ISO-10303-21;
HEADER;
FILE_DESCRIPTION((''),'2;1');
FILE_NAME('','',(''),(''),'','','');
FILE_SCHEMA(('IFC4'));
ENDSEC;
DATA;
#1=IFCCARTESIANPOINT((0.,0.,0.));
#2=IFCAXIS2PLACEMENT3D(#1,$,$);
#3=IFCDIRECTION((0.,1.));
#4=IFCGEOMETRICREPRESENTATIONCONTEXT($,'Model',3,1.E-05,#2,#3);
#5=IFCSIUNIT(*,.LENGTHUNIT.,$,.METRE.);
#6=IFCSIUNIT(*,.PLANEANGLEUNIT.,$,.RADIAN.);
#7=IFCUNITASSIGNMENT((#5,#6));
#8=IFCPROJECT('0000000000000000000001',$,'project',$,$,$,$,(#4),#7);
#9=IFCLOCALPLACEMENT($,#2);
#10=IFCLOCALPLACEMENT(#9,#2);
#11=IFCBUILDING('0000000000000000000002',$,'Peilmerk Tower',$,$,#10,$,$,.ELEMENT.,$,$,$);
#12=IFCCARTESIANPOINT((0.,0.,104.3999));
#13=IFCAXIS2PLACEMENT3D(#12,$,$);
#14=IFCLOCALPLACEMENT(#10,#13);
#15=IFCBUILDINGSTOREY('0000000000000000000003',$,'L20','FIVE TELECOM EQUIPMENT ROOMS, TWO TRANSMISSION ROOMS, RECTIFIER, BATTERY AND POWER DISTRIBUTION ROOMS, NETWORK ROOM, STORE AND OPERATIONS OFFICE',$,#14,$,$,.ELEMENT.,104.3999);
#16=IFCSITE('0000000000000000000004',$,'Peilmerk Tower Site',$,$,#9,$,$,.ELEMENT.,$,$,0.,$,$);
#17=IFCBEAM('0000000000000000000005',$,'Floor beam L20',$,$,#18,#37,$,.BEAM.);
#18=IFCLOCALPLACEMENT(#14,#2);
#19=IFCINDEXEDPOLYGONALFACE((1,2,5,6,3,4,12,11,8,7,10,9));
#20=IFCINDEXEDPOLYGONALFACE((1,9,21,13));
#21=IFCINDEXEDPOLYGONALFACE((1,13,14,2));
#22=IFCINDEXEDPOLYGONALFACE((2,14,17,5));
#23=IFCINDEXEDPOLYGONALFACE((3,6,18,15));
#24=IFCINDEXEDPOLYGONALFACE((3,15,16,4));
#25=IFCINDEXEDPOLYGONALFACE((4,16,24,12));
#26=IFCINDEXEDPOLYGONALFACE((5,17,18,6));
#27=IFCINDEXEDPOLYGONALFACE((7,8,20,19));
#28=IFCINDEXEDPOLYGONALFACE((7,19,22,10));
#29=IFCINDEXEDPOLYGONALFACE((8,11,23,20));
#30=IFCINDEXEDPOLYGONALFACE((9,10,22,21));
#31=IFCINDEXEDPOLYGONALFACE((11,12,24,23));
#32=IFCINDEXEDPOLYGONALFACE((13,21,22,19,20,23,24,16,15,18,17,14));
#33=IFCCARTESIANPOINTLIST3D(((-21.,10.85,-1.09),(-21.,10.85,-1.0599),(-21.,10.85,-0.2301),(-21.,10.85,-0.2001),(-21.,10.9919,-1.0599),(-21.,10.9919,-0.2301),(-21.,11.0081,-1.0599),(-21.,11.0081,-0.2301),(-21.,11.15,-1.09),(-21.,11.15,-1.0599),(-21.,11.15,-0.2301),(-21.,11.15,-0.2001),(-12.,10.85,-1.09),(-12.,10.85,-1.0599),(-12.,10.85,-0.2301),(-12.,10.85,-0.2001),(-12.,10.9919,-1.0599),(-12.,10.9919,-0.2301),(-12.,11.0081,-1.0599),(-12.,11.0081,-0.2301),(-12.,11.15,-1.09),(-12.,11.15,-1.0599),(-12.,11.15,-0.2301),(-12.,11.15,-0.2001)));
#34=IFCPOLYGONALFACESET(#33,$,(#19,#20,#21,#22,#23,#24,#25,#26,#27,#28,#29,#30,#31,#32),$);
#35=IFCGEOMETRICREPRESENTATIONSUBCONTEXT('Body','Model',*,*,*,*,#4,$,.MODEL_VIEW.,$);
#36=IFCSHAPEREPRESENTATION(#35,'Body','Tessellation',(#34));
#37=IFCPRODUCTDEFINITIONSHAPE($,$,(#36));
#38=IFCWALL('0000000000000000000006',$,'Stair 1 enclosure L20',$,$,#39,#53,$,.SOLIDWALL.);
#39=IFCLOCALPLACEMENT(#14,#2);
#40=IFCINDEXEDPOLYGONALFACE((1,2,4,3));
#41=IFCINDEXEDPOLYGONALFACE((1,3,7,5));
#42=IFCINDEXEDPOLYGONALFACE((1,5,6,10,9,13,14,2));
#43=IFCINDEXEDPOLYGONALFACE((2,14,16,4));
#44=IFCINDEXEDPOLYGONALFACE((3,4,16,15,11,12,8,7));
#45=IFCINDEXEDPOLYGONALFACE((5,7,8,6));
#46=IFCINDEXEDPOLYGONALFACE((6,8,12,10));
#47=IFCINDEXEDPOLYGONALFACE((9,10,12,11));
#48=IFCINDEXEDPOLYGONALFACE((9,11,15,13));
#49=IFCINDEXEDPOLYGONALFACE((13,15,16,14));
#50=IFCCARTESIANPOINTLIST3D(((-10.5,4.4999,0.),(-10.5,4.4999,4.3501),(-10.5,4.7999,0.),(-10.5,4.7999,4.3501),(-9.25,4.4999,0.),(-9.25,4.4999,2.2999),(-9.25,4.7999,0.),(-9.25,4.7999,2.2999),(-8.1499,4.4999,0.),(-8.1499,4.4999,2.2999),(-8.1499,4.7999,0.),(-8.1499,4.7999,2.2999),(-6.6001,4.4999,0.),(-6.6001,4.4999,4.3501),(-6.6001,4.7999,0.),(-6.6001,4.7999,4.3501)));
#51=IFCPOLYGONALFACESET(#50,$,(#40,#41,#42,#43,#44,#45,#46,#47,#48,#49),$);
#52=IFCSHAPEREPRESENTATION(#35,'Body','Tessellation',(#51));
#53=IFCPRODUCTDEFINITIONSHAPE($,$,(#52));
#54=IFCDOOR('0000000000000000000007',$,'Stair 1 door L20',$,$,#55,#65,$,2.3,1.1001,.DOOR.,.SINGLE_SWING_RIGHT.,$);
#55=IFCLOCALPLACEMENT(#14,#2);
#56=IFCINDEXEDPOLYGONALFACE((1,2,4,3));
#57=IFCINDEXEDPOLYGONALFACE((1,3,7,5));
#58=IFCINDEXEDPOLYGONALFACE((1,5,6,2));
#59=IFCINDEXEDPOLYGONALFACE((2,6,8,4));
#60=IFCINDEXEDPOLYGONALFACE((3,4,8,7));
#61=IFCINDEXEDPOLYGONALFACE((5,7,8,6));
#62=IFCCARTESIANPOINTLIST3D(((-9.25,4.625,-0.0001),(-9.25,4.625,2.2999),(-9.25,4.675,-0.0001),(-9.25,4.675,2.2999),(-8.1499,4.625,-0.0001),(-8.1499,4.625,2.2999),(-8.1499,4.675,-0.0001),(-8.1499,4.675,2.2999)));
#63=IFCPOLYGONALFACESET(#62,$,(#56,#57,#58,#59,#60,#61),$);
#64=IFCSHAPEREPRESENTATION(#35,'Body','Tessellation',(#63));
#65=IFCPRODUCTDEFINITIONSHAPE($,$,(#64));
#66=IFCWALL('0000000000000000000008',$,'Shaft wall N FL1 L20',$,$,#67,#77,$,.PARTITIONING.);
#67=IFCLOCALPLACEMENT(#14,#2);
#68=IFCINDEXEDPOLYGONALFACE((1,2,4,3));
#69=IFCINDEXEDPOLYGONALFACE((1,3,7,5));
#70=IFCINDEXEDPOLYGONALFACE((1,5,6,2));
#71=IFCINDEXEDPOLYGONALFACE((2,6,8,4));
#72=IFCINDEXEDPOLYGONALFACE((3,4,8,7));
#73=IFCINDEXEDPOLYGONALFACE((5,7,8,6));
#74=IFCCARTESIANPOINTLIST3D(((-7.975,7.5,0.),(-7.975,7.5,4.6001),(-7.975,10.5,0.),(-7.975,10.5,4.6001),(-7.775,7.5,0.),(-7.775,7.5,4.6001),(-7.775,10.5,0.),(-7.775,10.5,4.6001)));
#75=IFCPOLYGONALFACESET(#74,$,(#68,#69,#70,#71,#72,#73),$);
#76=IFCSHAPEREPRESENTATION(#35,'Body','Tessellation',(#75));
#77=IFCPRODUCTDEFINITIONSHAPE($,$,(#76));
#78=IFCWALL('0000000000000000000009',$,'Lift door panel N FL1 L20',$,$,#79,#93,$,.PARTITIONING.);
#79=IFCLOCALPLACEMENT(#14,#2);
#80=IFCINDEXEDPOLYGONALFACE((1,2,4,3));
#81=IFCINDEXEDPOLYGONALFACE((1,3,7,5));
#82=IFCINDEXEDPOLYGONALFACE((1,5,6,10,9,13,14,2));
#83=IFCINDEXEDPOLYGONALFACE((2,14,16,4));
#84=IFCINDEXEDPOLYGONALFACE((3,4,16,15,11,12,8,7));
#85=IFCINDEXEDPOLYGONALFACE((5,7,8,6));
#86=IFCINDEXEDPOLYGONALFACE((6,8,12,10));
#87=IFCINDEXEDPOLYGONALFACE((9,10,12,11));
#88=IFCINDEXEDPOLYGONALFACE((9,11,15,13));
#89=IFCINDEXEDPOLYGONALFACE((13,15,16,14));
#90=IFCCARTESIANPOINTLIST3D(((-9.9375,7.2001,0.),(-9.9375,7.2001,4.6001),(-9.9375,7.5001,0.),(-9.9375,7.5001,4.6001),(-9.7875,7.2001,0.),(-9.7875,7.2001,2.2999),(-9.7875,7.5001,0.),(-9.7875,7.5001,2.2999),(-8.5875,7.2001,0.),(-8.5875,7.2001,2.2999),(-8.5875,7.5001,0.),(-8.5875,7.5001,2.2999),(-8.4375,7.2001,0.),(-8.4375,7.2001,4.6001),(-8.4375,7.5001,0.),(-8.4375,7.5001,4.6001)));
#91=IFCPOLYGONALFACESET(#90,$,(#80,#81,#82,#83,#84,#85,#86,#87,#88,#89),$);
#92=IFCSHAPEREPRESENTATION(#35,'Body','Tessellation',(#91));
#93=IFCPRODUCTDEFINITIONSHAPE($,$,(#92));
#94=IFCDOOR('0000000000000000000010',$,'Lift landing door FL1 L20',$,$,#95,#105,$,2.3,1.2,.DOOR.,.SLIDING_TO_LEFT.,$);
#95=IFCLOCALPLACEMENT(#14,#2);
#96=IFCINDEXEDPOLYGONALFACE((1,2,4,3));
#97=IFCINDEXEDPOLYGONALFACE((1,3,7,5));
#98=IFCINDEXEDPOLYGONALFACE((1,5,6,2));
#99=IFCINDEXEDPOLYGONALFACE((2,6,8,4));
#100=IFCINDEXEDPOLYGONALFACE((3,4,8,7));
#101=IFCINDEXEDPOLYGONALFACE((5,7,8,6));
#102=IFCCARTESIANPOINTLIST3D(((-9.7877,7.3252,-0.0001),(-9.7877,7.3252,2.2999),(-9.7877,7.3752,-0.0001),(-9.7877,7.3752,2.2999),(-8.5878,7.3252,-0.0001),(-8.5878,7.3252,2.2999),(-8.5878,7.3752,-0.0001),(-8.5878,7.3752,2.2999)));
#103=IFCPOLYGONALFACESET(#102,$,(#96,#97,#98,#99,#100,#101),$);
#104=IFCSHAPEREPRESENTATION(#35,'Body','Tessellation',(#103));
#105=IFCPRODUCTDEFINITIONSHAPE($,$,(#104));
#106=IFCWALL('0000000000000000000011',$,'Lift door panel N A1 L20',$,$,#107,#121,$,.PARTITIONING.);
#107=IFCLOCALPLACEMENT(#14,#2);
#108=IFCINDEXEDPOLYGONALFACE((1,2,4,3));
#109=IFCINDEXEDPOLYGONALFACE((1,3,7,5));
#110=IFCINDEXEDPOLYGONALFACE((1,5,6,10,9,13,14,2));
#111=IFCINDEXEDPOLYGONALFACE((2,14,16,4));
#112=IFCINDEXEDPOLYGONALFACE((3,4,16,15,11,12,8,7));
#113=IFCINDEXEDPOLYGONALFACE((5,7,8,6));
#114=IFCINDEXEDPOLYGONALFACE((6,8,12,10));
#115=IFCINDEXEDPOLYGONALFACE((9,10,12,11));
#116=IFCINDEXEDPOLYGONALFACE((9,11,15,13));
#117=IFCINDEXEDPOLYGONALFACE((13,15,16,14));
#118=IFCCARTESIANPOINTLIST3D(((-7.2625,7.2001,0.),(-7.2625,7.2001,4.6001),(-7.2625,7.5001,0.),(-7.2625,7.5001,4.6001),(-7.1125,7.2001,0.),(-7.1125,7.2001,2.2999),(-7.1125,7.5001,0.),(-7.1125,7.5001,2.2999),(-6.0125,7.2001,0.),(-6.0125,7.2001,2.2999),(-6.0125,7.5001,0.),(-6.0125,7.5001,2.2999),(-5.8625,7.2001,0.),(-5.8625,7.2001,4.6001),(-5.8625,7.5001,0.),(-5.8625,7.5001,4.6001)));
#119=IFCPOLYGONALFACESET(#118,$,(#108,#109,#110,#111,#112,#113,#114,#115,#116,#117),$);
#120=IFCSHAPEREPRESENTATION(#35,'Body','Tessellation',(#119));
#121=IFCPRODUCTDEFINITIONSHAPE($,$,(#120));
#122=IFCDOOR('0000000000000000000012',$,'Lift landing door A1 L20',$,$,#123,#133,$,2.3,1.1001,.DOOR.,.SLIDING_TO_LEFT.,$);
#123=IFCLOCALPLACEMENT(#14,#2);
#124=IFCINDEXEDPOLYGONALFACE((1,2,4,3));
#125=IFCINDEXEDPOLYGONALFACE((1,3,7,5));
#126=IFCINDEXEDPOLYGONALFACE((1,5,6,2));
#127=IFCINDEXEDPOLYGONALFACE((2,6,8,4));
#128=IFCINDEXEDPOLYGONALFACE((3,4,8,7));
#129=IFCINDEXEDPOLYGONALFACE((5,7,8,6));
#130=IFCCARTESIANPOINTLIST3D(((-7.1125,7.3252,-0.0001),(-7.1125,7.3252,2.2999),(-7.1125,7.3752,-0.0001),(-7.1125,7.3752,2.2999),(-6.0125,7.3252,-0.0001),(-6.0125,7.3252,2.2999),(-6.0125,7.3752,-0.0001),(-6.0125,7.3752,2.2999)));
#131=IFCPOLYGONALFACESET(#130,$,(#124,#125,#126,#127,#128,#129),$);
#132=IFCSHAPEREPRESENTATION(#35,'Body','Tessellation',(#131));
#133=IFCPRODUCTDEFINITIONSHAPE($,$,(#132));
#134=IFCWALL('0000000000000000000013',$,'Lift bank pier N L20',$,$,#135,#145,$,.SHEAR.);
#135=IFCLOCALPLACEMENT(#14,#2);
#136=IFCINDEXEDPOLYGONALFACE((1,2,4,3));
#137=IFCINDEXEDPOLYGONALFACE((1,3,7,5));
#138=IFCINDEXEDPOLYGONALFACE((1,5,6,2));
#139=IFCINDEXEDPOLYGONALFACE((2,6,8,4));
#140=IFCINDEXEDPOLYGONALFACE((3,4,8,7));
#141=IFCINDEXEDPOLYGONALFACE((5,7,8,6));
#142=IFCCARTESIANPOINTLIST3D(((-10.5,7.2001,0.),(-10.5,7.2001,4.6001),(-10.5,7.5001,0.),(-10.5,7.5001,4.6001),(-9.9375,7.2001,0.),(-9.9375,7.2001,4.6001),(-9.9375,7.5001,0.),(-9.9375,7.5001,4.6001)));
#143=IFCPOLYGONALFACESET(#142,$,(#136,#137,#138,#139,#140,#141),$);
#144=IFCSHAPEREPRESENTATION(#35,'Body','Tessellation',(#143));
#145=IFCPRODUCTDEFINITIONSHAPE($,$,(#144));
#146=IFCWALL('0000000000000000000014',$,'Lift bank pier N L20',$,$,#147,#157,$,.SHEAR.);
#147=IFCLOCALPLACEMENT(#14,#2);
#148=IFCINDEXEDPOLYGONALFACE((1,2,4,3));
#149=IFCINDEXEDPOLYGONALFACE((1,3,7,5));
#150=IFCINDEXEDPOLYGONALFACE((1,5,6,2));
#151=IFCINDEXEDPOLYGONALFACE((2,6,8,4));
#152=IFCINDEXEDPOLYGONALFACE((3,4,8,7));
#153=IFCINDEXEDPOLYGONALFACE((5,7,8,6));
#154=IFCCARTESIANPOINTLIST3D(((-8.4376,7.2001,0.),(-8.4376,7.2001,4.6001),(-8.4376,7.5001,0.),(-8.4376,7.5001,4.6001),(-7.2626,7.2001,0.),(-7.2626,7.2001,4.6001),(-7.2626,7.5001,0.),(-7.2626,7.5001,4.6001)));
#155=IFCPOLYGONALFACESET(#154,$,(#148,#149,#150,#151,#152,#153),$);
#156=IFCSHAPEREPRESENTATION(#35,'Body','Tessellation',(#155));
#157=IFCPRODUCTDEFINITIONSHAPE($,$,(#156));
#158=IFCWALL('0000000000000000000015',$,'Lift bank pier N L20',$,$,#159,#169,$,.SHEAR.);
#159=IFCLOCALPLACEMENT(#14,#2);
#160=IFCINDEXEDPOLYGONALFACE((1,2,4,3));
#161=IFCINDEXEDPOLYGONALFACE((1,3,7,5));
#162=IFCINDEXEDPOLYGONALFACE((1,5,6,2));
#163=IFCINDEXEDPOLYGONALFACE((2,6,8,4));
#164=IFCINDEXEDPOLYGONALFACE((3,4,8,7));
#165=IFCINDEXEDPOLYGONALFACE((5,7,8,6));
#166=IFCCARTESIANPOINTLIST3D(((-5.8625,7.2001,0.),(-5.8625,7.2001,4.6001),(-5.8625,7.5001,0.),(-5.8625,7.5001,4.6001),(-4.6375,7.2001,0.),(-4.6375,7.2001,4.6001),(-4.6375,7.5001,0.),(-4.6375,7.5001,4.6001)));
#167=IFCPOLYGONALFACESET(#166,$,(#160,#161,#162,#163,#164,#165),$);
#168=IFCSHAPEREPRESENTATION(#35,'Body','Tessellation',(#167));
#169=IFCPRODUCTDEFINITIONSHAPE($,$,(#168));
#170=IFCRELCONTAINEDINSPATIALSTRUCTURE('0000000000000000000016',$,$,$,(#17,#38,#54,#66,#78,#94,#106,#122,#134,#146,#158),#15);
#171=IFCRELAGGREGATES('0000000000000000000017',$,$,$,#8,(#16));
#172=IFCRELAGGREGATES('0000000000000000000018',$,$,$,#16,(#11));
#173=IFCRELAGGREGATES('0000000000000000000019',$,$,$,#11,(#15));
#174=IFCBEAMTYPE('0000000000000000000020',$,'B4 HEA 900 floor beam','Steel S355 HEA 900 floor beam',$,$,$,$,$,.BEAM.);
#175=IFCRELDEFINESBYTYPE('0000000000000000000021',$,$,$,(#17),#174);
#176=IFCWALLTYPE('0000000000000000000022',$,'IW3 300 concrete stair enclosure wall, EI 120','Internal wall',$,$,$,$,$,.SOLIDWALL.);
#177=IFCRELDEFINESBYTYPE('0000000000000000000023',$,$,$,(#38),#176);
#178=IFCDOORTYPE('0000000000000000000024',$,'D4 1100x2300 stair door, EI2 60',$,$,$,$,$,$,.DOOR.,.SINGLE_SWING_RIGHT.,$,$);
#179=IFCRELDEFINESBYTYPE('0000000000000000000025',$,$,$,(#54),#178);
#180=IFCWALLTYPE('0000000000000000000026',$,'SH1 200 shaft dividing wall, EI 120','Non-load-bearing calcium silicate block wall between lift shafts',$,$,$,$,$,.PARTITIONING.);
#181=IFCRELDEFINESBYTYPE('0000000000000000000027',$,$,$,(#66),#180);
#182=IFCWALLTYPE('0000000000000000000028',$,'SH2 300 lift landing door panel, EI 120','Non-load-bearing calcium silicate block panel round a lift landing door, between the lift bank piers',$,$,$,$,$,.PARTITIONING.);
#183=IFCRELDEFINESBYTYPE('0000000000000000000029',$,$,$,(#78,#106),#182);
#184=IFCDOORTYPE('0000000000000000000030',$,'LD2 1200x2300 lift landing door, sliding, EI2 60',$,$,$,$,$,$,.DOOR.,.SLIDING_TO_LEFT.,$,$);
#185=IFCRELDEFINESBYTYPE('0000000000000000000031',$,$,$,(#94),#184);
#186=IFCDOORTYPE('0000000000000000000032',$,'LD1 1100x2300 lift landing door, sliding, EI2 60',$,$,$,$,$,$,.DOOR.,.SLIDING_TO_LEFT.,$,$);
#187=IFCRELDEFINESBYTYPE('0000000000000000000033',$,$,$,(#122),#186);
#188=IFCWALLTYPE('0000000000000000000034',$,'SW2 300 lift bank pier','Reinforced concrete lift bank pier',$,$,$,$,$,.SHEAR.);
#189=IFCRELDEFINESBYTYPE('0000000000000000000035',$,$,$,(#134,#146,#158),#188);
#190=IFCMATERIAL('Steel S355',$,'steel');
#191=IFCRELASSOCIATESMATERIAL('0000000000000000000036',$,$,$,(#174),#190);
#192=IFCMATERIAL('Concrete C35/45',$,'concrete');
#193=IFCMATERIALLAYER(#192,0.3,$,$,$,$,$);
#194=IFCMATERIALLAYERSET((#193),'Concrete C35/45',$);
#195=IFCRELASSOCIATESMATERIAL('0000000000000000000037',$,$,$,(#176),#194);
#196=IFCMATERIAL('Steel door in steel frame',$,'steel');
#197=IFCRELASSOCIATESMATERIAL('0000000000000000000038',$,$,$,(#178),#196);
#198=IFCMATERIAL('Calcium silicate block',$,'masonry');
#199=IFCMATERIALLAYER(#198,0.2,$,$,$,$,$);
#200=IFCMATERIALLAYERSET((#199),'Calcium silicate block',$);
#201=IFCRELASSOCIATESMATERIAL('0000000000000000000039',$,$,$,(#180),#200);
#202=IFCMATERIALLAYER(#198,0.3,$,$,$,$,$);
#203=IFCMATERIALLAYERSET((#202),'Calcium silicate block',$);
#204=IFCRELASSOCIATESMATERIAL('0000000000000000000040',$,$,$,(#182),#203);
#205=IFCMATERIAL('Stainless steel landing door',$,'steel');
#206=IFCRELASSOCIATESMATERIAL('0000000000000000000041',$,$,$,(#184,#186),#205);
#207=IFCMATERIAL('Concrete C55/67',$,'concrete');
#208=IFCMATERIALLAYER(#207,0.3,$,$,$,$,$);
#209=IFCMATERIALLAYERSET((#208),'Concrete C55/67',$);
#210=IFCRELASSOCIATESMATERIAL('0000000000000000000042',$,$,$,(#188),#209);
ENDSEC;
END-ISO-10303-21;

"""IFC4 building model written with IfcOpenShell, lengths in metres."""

from ifc_helpers import new_model, si_unit, direction, frame, frame_2d, origin, origin_2d, place, context, subcontext, project, spatial, rectangle, i_section, extrude, material, layer, layer_set, material_profile, profile_set, type_object, element, fill, save


model = new_model("IFC4")

# Units and contexts
model_context = context("Model", 3, precision=1e-05, world=origin(), true_north=direction((0.0, 1.0)))
body_context = subcontext(model_context, "Body", "Model", "MODEL_VIEW")
ifc_project = project(units=[si_unit("LENGTHUNIT", "METRE"), si_unit("PLANEANGLEUNIT", "RADIAN")], contexts=[model_context])

# Site, building, storey
site_placement = place(None, origin())
site = spatial("IfcSite", under=ifc_project, at=site_placement, Name="Peilmerk Tower Site", CompositionType="ELEMENT", RefElevation=0.0)
building_placement = place(site_placement, origin())
building = spatial("IfcBuilding", under=site, at=building_placement, Name="Peilmerk Tower", CompositionType="ELEMENT")
storey_placement = place(building_placement, frame((0.0, 0.0, 104.3999)))
storey = spatial("IfcBuildingStorey", under=building, at=storey_placement, Name="L20", Description="FIVE TELECOM EQUIPMENT ROOMS, TWO TRANSMISSION ROOMS, RECTIFIER, BATTERY AND POWER DISTRIBUTION ROOMS, NETWORK ROOM, STORE AND OPERATIONS OFFICE", CompositionType="ELEMENT", Elevation=104.3999)

# Beam
ifc_material_1 = material(Name="Steel S355", Category="steel")
ifc_material_profile = material_profile(ifc_material_1, i_section(OverallWidth=0.3, OverallDepth=0.8899, WebThickness=0.0161, FlangeThickness=0.03, at=origin_2d()), Name="HEA 900")
ifc_profile_set = profile_set([ifc_material_profile], Name="Steel S355")
beam_type = type_object("IfcBeamType", Name="B4 HEA 900 floor beam", Description="Steel S355 HEA 900 floor beam", PredefinedType="BEAM", material=ifc_profile_set)
beam_placement = place(storey_placement, frame((-12.0, 11.0, -0.645), z_axis=(-1.0, 0.0, 0.0), x_axis=(0.0, -1.0, 0.0)))
element("IfcBeam", 1, at=beam_placement, inside=storey, type_object=beam_type, Name="Floor beam L20", PredefinedType="BEAM", context=body_context, shape_type="SweptSolid", body=[
    extrude(i_section(OverallWidth=0.3, OverallDepth=0.8899, WebThickness=0.0161, FlangeThickness=0.03, at=origin_2d()), origin(), (0.0, 0.0, 1.0), 9.0),
])

# Wall, opening, door
ifc_material_2 = material(Name="Concrete C35/45", Category="concrete")
ifc_layer_1 = layer(ifc_material_2, 0.3)
ifc_layer_set_1 = layer_set([ifc_layer_1], Name="Concrete C35/45")
wall_type_1 = type_object("IfcWallType", Name="IW3 300 concrete stair enclosure wall, EI 120", Description="Internal wall", PredefinedType="SOLIDWALL", material=ifc_layer_set_1)
wall_1_placement = place(storey_placement, frame((-10.5, 4.6499, 0.0), z_axis=(0.0, 0.0, 1.0), x_axis=(1.0, 0.0, 0.0)))
wall_1 = element("IfcWall", 2, at=wall_1_placement, inside=storey, type_object=wall_type_1, Name="Stair 1 enclosure L20", PredefinedType="SOLIDWALL", context=body_context, shape_type="SweptSolid", body=[
    extrude(rectangle(XDim=3.8999, YDim=0.3, at=frame_2d((1.95, 0.0))), origin(), (0.0, 0.0, 1.0), 4.3501),
])
opening_1_placement = place(wall_1_placement, frame((1.25, 0.0, 0.0)))
opening_1 = element("IfcOpeningElement", 3, at=opening_1_placement, cuts=wall_1, PredefinedType="OPENING", context=body_context, shape_type="SweptSolid", body=[
    extrude(rectangle(XDim=1.1001, YDim=2.3, at=frame_2d((0.55, 1.1499))), frame((0.0, 0.1599, 0.0), z_axis=(0.0, -1.0, 0.0), x_axis=(1.0, 0.0, 0.0)), (0.0, 0.0, 1.0), 0.3201),
])
ifc_material_3 = material(Name="Steel door in steel frame", Category="steel")
door_type_1 = type_object("IfcDoorType", Name="D4 1100x2300 stair door, EI2 60", OperationType="SINGLE_SWING_RIGHT", PredefinedType="DOOR", material=ifc_material_3)
door_1_placement = place(opening_1_placement, frame((1.1001, 0.0, 0.0), z_axis=(0.0, 0.0, 1.0), x_axis=(-1.0, 0.0, 0.0)))
door_1 = element("IfcDoor", 4, at=door_1_placement, inside=storey, type_object=door_type_1, Name="Stair 1 door L20", OperationType="SINGLE_SWING_RIGHT", OverallHeight=2.3, OverallWidth=1.1001, PredefinedType="DOOR", context=body_context, shape_type="SweptSolid", body=[
    extrude(rectangle(XDim=1.1001, YDim=2.3, at=frame_2d((0.55, 1.1499))), frame((0.0, 0.0249, 0.0), z_axis=(0.0, -1.0, 0.0), x_axis=(1.0, 0.0, 0.0)), (0.0, 0.0, 1.0), 0.05),
])
fill(opening_1, door_1)

# Wall
ifc_material_4 = material(Name="Calcium silicate block", Category="masonry")
ifc_layer_2 = layer(ifc_material_4, 0.2)
ifc_layer_set_2 = layer_set([ifc_layer_2], Name="Calcium silicate block")
wall_type_2 = type_object("IfcWallType", Name="SH1 200 shaft dividing wall, EI 120", Description="Non-load-bearing calcium silicate block wall between lift shafts", PredefinedType="PARTITIONING", material=ifc_layer_set_2)
wall_2_placement = place(storey_placement, frame((-7.875, 7.5, 0.0), z_axis=(0.0, 0.0, 1.0), x_axis=(0.0, 1.0, 0.0)))
element("IfcWall", 5, at=wall_2_placement, inside=storey, type_object=wall_type_2, Name="Shaft wall N FL1 L20", PredefinedType="PARTITIONING", context=body_context, shape_type="SweptSolid", body=[
    extrude(rectangle(XDim=3.0, YDim=0.2, at=frame_2d((1.5, 0.0))), origin(), (0.0, 0.0, 1.0), 4.6001),
])

# Walls, openings, doors
ifc_layer_3 = layer(ifc_material_4, 0.3)
ifc_layer_set_3 = layer_set([ifc_layer_3], Name="Calcium silicate block")
wall_type_3 = type_object("IfcWallType", Name="SH2 300 lift landing door panel, EI 120", Description="Non-load-bearing calcium silicate block panel round a lift landing door, between the lift bank piers", PredefinedType="PARTITIONING", material=ifc_layer_set_3)
wall_3_placement = place(storey_placement, frame((-9.9375, 7.3501, 0.0), z_axis=(0.0, 0.0, 1.0), x_axis=(1.0, 0.0, 0.0)))
wall_3 = element("IfcWall", 6, at=wall_3_placement, inside=storey, type_object=wall_type_3, Name="Lift door panel N FL1 L20", PredefinedType="PARTITIONING", context=body_context, shape_type="SweptSolid", body=[
    extrude(rectangle(XDim=1.5, YDim=0.3, at=frame_2d((0.75, 0.0))), origin(), (0.0, 0.0, 1.0), 4.6001),
])
opening_2_placement = place(wall_3_placement, frame((0.1499, 0.0, 0.0)))
opening_2 = element("IfcOpeningElement", 7, at=opening_2_placement, cuts=wall_3, PredefinedType="OPENING", context=body_context, shape_type="SweptSolid", body=[
    extrude(rectangle(XDim=1.2, YDim=2.3, at=frame_2d((0.6001, 1.1499))), frame((0.0, 0.1599, 0.0), z_axis=(0.0, -1.0, 0.0), x_axis=(1.0, 0.0, 0.0)), (0.0, 0.0, 1.0), 0.3201),
])
ifc_material_5 = material(Name="Stainless steel landing door", Category="steel")
door_type_2 = type_object("IfcDoorType", Name="LD2 1200x2300 lift landing door, sliding, EI2 60", OperationType="SLIDING_TO_LEFT", PredefinedType="DOOR", material=ifc_material_5)
door_2_placement = place(opening_2_placement, frame((1.2, 0.0, 0.0), z_axis=(0.0, 0.0, 1.0), x_axis=(-1.0, 0.0, 0.0)))
door_2 = element("IfcDoor", 8, at=door_2_placement, inside=storey, type_object=door_type_2, Name="Lift landing door FL1 L20", OperationType="SLIDING_TO_LEFT", OverallHeight=2.3, OverallWidth=1.2, PredefinedType="DOOR", context=body_context, shape_type="SweptSolid", body=[
    extrude(rectangle(XDim=1.2, YDim=2.3, at=frame_2d((0.6001, 1.1499))), frame((0.0, 0.0249, 0.0), z_axis=(0.0, -1.0, 0.0), x_axis=(1.0, 0.0, 0.0)), (0.0, 0.0, 1.0), 0.05),
])
fill(opening_2, door_2)
wall_4_placement = place(storey_placement, frame((-7.2625, 7.3501, 0.0), z_axis=(0.0, 0.0, 1.0), x_axis=(1.0, 0.0, 0.0)))
wall_4 = element("IfcWall", 9, at=wall_4_placement, inside=storey, type_object=wall_type_3, Name="Lift door panel N A1 L20", PredefinedType="PARTITIONING", context=body_context, shape_type="SweptSolid", body=[
    extrude(rectangle(XDim=1.3999, YDim=0.3, at=frame_2d((0.7, 0.0))), origin(), (0.0, 0.0, 1.0), 4.6001),
])
opening_3_placement = place(wall_4_placement, frame((0.1499, 0.0, 0.0)))
opening_3 = element("IfcOpeningElement", 10, at=opening_3_placement, cuts=wall_4, PredefinedType="OPENING", context=body_context, shape_type="SweptSolid", body=[
    extrude(rectangle(XDim=1.1001, YDim=2.3, at=frame_2d((0.55, 1.1499))), frame((0.0, 0.1599, 0.0), z_axis=(0.0, -1.0, 0.0), x_axis=(1.0, 0.0, 0.0)), (0.0, 0.0, 1.0), 0.3201),
])
door_type_3 = type_object("IfcDoorType", Name="LD1 1100x2300 lift landing door, sliding, EI2 60", OperationType="SLIDING_TO_LEFT", PredefinedType="DOOR", material=ifc_material_5)
door_3_placement = place(opening_3_placement, frame((1.1001, 0.0, 0.0), z_axis=(0.0, 0.0, 1.0), x_axis=(-1.0, 0.0, 0.0)))
door_3 = element("IfcDoor", 11, at=door_3_placement, inside=storey, type_object=door_type_3, Name="Lift landing door A1 L20", OperationType="SLIDING_TO_LEFT", OverallHeight=2.3, OverallWidth=1.1001, PredefinedType="DOOR", context=body_context, shape_type="SweptSolid", body=[
    extrude(rectangle(XDim=1.1001, YDim=2.3, at=frame_2d((0.55, 1.1499))), frame((0.0, 0.0249, 0.0), z_axis=(0.0, -1.0, 0.0), x_axis=(1.0, 0.0, 0.0)), (0.0, 0.0, 1.0), 0.05),
])
fill(opening_3, door_3)

# Walls
ifc_material_6 = material(Name="Concrete C55/67", Category="concrete")
ifc_layer_4 = layer(ifc_material_6, 0.3)
ifc_layer_set_4 = layer_set([ifc_layer_4], Name="Concrete C55/67")
wall_type_4 = type_object("IfcWallType", Name="SW2 300 lift bank pier", Description="Reinforced concrete lift bank pier", PredefinedType="SHEAR", material=ifc_layer_set_4)
wall_5_placement = place(storey_placement, frame((-10.5, 7.3501, 0.0), z_axis=(0.0, 0.0, 1.0), x_axis=(1.0, 0.0, 0.0)))
element("IfcWall", 12, at=wall_5_placement, inside=storey, type_object=wall_type_4, Name="Lift bank pier N L20", PredefinedType="SHEAR", context=body_context, shape_type="SweptSolid", body=[
    extrude(rectangle(XDim=0.5625, YDim=0.3, at=frame_2d((0.2812, 0.0))), origin(), (0.0, 0.0, 1.0), 4.6001),
])
wall_6_placement = place(storey_placement, frame((-8.4375, 7.3501, 0.0), z_axis=(0.0, 0.0, 1.0), x_axis=(1.0, 0.0, 0.0)))
element("IfcWall", 13, at=wall_6_placement, inside=storey, type_object=wall_type_4, Name="Lift bank pier N L20", PredefinedType="SHEAR", context=body_context, shape_type="SweptSolid", body=[
    extrude(rectangle(XDim=1.175, YDim=0.3, at=frame_2d((0.5874, 0.0))), origin(), (0.0, 0.0, 1.0), 4.6001),
])
wall_7_placement = place(storey_placement, frame((-5.8625, 7.3501, 0.0), z_axis=(0.0, 0.0, 1.0), x_axis=(1.0, 0.0, 0.0)))
element("IfcWall", 14, at=wall_7_placement, inside=storey, type_object=wall_type_4, Name="Lift bank pier N L20", PredefinedType="SHEAR", context=body_context, shape_type="SweptSolid", body=[
    extrude(rectangle(XDim=1.2251, YDim=0.3, at=frame_2d((0.6125, 0.0))), origin(), (0.0, 0.0, 1.0), 4.6001),
])

save(model, "model.ifc")
